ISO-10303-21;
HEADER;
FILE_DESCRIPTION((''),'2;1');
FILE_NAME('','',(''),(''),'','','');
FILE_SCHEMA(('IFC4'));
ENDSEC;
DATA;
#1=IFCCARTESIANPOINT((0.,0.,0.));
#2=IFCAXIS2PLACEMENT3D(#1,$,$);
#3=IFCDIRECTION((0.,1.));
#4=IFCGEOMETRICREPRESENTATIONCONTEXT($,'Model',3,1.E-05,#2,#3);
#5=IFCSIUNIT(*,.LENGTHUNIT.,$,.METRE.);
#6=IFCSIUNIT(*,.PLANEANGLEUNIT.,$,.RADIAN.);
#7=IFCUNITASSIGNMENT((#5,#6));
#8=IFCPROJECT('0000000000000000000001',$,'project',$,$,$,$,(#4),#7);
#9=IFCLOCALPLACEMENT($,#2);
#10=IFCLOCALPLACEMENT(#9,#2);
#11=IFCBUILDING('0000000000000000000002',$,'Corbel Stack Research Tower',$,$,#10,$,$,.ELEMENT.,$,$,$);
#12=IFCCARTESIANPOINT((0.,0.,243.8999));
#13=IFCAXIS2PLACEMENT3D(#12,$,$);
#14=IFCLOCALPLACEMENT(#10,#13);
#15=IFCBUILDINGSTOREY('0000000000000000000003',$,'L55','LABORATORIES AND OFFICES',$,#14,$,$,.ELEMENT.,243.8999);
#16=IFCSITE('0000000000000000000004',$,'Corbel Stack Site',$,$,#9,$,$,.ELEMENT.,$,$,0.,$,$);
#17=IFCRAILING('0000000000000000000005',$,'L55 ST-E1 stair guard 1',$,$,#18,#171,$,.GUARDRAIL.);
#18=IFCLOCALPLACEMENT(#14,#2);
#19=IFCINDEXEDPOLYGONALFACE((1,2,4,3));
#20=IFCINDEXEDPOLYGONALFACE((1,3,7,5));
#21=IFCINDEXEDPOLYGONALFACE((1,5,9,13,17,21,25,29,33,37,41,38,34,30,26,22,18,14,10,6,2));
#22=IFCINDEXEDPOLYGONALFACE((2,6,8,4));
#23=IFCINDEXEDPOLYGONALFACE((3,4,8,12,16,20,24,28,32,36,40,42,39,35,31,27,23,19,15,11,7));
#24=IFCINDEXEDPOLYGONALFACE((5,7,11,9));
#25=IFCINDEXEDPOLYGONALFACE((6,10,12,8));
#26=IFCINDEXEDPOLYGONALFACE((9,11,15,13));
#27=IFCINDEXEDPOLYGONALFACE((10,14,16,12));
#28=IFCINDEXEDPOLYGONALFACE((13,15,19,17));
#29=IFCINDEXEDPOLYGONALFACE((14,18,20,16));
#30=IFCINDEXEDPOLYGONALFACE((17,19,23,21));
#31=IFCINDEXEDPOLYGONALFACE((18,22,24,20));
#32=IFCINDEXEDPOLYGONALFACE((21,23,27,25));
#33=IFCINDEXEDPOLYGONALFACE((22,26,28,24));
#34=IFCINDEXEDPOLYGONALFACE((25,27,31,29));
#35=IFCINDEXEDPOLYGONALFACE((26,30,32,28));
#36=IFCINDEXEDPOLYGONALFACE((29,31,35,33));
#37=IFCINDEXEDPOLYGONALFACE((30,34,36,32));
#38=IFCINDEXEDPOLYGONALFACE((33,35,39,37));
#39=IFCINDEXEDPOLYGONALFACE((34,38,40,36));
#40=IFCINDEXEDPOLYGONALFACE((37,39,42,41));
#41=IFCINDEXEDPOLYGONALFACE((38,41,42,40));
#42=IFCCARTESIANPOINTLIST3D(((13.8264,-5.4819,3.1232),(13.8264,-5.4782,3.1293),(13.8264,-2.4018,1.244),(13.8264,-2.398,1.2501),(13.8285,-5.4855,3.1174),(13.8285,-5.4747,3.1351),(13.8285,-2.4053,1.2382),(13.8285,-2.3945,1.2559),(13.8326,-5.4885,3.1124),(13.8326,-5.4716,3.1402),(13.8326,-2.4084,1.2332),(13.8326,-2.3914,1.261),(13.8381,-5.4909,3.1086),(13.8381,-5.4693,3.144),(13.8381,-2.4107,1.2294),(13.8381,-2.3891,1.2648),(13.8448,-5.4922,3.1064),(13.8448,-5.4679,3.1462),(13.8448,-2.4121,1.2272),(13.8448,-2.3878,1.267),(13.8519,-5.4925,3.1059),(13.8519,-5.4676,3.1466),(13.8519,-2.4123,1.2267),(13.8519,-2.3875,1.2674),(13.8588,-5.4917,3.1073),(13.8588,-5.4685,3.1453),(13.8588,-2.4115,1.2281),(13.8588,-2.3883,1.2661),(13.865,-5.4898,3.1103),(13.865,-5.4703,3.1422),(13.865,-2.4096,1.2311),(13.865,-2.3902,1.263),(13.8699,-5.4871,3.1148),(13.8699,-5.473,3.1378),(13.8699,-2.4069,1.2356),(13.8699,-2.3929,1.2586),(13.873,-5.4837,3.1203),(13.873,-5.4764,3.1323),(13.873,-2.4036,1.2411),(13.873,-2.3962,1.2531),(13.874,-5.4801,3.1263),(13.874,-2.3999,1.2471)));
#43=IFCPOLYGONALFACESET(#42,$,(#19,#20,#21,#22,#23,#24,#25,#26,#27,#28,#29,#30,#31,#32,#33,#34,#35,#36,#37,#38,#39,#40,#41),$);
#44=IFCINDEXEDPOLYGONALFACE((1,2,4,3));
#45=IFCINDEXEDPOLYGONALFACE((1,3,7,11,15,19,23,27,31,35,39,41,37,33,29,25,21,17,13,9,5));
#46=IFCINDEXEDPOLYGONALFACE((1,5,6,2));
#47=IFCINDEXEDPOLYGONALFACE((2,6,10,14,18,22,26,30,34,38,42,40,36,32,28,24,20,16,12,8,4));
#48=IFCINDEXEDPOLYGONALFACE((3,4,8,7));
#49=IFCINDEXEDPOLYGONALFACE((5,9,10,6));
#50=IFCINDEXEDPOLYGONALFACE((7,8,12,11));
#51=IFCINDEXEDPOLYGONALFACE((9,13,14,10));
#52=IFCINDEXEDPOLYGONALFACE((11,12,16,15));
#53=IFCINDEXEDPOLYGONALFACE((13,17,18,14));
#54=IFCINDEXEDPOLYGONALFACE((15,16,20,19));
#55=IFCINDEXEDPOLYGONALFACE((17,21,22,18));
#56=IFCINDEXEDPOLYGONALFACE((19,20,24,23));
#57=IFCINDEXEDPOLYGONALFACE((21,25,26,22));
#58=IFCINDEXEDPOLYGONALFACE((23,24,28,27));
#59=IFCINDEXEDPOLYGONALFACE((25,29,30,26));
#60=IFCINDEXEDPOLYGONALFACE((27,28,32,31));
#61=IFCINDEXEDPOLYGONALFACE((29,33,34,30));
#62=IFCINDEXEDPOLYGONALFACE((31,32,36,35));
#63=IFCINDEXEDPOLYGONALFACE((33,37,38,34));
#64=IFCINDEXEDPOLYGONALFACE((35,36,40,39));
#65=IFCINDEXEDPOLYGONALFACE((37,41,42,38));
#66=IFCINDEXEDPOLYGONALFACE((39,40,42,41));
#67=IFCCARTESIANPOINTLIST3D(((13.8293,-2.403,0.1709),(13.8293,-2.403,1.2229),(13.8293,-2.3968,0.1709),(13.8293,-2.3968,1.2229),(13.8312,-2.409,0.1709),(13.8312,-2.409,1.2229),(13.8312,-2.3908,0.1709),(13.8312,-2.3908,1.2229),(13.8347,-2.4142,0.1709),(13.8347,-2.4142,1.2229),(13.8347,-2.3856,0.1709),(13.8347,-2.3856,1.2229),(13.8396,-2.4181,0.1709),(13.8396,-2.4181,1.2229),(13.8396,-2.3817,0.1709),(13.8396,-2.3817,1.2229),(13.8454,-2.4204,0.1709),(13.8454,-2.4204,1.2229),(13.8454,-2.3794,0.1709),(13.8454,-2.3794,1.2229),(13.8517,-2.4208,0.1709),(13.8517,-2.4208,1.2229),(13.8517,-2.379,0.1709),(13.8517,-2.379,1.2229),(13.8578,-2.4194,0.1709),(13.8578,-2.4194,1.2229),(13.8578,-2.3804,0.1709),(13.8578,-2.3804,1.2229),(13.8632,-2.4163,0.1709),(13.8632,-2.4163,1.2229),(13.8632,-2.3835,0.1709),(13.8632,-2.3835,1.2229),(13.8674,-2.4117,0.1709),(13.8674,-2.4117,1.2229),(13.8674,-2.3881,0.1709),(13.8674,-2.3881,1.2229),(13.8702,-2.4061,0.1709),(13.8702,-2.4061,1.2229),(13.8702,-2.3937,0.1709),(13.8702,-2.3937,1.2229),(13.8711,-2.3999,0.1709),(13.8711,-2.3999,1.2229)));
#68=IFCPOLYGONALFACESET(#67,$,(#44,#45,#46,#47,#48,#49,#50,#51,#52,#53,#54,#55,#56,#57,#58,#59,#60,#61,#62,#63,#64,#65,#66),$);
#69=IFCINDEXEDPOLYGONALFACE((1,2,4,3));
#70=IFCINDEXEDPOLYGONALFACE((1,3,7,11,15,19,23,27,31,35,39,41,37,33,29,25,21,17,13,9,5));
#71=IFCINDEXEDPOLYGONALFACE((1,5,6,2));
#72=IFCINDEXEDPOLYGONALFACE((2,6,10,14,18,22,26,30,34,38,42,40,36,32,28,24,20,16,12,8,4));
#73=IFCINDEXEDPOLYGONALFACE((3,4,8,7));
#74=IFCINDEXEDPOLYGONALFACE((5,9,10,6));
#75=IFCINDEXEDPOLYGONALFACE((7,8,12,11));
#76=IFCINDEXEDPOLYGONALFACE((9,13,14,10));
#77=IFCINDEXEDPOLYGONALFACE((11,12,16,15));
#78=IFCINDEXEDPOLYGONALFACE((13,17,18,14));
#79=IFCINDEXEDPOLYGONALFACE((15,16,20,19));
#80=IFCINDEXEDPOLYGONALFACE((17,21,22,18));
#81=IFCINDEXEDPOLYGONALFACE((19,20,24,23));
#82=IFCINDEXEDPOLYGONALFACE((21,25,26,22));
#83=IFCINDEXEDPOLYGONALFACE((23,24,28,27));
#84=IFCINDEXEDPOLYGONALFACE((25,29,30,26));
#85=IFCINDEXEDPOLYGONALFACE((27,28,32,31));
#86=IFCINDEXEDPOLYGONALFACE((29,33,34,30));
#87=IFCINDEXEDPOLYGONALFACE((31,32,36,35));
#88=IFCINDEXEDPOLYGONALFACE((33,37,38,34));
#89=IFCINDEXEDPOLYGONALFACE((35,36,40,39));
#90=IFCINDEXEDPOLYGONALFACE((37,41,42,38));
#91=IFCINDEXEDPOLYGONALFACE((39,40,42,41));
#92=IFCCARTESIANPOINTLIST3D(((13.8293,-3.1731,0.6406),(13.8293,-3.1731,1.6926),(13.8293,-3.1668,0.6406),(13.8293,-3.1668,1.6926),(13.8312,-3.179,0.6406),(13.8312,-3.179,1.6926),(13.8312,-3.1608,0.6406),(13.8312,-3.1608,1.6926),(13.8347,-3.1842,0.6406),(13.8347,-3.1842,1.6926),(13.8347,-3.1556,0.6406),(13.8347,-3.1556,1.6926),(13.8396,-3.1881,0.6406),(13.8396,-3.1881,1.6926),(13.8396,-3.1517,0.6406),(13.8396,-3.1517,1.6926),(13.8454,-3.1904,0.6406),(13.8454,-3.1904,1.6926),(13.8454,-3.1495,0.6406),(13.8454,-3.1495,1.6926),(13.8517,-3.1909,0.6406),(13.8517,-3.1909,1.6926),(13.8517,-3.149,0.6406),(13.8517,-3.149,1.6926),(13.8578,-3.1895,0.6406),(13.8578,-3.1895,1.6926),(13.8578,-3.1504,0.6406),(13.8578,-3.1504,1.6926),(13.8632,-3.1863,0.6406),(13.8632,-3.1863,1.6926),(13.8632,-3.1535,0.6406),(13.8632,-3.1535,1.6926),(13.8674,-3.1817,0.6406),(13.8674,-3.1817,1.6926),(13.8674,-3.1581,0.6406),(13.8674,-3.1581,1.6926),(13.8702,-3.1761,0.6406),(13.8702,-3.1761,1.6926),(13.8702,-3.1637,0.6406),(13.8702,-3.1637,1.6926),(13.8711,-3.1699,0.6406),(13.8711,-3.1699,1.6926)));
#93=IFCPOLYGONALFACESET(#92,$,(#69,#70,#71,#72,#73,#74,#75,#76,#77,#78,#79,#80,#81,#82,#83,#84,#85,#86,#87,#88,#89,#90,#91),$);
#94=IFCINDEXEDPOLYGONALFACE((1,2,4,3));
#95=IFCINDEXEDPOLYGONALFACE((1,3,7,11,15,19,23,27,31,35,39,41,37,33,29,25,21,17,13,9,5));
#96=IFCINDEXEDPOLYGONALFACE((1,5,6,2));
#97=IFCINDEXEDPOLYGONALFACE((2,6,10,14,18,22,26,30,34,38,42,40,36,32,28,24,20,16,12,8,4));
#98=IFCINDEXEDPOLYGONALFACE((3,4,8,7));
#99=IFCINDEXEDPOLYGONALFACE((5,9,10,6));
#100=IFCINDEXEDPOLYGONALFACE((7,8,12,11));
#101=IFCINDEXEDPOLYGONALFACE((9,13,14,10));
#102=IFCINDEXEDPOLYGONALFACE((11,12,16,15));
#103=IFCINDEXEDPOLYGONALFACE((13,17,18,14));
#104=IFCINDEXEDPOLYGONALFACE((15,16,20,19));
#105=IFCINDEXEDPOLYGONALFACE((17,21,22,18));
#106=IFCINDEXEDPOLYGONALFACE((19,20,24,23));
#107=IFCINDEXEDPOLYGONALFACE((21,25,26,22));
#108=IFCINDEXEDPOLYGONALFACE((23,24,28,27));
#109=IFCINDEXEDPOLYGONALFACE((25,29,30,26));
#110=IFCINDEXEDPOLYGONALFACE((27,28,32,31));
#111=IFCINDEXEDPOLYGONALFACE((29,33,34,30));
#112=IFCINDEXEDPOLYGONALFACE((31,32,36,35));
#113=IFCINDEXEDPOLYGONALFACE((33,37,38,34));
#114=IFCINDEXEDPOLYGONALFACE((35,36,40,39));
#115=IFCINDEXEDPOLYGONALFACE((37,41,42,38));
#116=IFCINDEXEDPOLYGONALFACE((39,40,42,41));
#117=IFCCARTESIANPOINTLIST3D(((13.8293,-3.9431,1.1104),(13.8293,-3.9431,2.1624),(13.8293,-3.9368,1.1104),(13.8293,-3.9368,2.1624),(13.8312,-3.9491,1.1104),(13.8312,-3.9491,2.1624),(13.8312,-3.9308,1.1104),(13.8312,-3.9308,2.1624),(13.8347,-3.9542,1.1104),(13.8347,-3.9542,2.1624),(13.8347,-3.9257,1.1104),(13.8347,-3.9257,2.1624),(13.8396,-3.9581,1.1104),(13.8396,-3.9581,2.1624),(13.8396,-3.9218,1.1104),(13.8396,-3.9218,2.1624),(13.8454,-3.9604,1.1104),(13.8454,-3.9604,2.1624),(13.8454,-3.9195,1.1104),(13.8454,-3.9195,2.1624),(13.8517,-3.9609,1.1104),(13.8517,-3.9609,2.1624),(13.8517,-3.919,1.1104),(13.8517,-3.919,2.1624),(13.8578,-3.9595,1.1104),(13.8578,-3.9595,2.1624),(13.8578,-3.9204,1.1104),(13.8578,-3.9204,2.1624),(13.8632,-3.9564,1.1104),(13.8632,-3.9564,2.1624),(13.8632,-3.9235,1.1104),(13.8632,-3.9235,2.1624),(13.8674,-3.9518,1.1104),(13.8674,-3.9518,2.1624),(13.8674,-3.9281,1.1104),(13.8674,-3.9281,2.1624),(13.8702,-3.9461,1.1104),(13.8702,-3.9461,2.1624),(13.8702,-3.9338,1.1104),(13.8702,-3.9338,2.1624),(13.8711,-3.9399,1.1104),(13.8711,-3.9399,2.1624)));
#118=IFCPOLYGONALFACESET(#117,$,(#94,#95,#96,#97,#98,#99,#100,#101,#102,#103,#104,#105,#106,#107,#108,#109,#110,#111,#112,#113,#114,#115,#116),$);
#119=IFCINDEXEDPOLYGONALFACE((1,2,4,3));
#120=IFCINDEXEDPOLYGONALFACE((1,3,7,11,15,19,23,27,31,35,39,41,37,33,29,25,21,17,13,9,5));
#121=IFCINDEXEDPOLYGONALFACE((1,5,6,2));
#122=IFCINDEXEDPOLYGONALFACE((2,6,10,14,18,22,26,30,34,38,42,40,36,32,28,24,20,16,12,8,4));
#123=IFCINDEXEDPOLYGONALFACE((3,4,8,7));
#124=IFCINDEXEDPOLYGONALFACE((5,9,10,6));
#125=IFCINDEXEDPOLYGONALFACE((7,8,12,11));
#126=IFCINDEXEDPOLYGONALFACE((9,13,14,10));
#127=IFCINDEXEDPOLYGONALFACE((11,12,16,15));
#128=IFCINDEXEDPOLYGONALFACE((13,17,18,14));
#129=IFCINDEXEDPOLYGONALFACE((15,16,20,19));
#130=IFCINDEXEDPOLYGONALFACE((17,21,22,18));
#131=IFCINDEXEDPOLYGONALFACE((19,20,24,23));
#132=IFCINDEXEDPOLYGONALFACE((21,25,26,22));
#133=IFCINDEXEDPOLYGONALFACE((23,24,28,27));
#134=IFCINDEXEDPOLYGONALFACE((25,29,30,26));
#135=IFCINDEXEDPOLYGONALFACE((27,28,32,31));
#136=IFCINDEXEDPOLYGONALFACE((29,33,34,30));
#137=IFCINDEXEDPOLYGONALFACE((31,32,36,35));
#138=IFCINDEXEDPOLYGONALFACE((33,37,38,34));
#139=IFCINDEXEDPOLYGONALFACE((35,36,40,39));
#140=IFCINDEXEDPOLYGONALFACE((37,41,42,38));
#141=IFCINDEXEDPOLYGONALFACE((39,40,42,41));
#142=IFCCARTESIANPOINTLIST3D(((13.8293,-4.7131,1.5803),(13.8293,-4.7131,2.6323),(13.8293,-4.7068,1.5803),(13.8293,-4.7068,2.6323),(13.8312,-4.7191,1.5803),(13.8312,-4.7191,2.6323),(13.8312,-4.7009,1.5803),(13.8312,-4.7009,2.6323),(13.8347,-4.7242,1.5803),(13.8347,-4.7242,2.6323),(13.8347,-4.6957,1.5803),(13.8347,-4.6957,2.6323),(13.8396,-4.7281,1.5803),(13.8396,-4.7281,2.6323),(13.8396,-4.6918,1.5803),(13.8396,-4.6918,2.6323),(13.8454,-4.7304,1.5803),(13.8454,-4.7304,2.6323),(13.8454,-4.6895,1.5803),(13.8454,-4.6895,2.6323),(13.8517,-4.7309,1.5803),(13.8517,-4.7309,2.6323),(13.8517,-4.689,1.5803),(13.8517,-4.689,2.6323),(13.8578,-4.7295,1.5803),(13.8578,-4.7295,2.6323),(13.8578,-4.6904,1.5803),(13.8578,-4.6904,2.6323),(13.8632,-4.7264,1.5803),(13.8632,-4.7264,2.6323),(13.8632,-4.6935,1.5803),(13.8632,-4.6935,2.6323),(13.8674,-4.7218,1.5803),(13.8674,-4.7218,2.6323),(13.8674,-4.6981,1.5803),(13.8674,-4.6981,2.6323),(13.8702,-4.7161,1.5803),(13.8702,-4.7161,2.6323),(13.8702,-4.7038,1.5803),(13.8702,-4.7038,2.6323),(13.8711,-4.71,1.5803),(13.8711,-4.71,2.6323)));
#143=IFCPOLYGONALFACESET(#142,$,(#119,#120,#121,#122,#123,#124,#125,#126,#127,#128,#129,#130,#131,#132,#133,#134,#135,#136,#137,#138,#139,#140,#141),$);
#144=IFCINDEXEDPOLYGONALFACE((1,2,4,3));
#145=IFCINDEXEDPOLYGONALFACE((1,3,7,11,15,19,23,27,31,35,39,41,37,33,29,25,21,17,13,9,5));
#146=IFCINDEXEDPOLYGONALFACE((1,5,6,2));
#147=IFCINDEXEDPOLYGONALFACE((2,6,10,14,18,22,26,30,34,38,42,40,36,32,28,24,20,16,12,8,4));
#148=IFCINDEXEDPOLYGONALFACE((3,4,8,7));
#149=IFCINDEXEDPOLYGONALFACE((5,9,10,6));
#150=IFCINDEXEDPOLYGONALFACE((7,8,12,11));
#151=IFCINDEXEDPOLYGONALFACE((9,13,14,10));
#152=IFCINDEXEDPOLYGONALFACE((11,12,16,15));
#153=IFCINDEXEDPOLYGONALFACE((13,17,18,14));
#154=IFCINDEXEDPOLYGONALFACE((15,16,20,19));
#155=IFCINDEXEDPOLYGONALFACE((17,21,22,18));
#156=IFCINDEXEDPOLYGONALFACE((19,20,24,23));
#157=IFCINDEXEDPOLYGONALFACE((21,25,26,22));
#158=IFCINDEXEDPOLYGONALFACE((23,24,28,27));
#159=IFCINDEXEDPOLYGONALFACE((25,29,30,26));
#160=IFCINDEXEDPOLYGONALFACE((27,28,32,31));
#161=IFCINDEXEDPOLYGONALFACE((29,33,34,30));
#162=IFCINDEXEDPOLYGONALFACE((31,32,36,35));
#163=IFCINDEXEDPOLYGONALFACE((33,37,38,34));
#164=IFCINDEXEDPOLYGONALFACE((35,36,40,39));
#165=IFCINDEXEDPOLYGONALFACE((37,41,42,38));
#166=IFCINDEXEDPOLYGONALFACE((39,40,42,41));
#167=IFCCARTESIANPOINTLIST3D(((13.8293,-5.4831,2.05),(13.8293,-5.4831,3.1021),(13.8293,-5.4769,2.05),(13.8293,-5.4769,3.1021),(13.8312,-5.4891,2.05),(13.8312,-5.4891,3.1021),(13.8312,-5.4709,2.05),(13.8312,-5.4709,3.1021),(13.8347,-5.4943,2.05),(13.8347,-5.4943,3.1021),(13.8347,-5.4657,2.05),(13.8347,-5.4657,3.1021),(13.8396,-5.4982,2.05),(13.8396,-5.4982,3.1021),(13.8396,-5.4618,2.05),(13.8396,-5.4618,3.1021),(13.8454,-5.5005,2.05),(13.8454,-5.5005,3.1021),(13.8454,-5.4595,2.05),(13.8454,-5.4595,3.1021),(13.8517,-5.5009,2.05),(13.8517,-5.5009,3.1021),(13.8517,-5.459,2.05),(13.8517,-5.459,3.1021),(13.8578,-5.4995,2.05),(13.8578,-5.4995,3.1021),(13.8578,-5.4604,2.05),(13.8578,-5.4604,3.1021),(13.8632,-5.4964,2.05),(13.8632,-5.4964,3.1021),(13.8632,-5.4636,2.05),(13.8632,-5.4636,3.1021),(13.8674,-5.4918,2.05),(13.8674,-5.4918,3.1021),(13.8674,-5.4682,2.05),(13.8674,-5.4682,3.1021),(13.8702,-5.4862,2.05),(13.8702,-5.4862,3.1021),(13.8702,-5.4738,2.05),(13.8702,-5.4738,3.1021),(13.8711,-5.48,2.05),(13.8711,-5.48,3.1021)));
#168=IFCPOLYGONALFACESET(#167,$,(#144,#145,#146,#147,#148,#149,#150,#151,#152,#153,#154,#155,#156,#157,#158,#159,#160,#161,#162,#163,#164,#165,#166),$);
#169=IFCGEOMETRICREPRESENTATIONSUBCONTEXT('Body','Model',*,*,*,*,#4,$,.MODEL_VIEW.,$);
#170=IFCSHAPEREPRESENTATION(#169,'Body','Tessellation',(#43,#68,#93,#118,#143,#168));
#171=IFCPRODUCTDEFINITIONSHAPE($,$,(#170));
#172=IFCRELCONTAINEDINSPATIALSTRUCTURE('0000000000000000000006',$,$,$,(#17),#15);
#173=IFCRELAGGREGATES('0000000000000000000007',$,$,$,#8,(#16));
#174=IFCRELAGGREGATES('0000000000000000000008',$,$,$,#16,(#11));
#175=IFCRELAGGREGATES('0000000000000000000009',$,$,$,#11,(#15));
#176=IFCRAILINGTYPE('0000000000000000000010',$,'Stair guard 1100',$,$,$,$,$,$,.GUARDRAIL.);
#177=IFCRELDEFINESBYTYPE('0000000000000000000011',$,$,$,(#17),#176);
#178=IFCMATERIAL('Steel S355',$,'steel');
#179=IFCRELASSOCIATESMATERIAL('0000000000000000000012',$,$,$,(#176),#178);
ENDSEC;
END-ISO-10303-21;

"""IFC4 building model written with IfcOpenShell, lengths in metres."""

from ifc_helpers import new_model, si_unit, direction, frame, origin, origin_2d, place, context, subcontext, project, spatial, circle, extrude, material, type_object, element, save


model = new_model("IFC4")

# Units and contexts
model_context = context("Model", 3, precision=1e-05, world=origin(), true_north=direction((0.0, 1.0)))
body_context = subcontext(model_context, "Body", "Model", "MODEL_VIEW")
ifc_project = project(units=[si_unit("LENGTHUNIT", "METRE"), si_unit("PLANEANGLEUNIT", "RADIAN")], contexts=[model_context])

# Site, building, storey
site_placement = place(None, origin())
site = spatial("IfcSite", under=ifc_project, at=site_placement, Name="Corbel Stack Site", CompositionType="ELEMENT", RefElevation=0.0)
building_placement = place(site_placement, origin())
building = spatial("IfcBuilding", under=site, at=building_placement, Name="Corbel Stack Research Tower", CompositionType="ELEMENT")
storey_placement = place(building_placement, frame((0.0, 0.0, 243.8999)))
storey = spatial("IfcBuildingStorey", under=building, at=storey_placement, Name="L55", Description="LABORATORIES AND OFFICES", CompositionType="ELEMENT", Elevation=243.8999)

# Railing
ifc_material_1 = material(Name="Steel S355", Category="steel")
railing_type_1 = type_object("IfcRailingType", Name="Stair guard 1100", PredefinedType="GUARDRAIL", material=ifc_material_1)
railing_1_placement = place(storey_placement, frame((13.8501, -2.3999, 0.1709)))
element("IfcRailing", 1, at=railing_1_placement, inside=storey, type_object=railing_type_1, Name="L55 ST-E1 stair guard 1", PredefinedType="GUARDRAIL", context=body_context, shape_type="SweptSolid", body=[
    extrude(circle(Radius=0.0239, at=origin_2d()), frame((0.0, 0.0, 1.0762), z_axis=(0.0, -0.853666, 0.52082), x_axis=(1.0, 0.0, 0.0)), (0.0, 0.0, 1.0), 3.6082),
    extrude(circle(Radius=0.021, at=origin_2d()), origin(), (0.0, 0.0, 1.0), 1.052),
    extrude(circle(Radius=0.021, at=origin_2d()), frame((0.0, -0.77, 0.4697)), (0.0, 0.0, 1.0), 1.052),
    extrude(circle(Radius=0.021, at=origin_2d()), frame((0.0, -1.54, 0.9395)), (0.0, 0.0, 1.0), 1.052),
    extrude(circle(Radius=0.021, at=origin_2d()), frame((0.0, -2.3101, 1.4094)), (0.0, 0.0, 1.0), 1.052),
    extrude(circle(Radius=0.021, at=origin_2d()), frame((0.0, -3.0801, 1.8792)), (0.0, 0.0, 1.0), 1.052),
])

save(model, "model.ifc")
